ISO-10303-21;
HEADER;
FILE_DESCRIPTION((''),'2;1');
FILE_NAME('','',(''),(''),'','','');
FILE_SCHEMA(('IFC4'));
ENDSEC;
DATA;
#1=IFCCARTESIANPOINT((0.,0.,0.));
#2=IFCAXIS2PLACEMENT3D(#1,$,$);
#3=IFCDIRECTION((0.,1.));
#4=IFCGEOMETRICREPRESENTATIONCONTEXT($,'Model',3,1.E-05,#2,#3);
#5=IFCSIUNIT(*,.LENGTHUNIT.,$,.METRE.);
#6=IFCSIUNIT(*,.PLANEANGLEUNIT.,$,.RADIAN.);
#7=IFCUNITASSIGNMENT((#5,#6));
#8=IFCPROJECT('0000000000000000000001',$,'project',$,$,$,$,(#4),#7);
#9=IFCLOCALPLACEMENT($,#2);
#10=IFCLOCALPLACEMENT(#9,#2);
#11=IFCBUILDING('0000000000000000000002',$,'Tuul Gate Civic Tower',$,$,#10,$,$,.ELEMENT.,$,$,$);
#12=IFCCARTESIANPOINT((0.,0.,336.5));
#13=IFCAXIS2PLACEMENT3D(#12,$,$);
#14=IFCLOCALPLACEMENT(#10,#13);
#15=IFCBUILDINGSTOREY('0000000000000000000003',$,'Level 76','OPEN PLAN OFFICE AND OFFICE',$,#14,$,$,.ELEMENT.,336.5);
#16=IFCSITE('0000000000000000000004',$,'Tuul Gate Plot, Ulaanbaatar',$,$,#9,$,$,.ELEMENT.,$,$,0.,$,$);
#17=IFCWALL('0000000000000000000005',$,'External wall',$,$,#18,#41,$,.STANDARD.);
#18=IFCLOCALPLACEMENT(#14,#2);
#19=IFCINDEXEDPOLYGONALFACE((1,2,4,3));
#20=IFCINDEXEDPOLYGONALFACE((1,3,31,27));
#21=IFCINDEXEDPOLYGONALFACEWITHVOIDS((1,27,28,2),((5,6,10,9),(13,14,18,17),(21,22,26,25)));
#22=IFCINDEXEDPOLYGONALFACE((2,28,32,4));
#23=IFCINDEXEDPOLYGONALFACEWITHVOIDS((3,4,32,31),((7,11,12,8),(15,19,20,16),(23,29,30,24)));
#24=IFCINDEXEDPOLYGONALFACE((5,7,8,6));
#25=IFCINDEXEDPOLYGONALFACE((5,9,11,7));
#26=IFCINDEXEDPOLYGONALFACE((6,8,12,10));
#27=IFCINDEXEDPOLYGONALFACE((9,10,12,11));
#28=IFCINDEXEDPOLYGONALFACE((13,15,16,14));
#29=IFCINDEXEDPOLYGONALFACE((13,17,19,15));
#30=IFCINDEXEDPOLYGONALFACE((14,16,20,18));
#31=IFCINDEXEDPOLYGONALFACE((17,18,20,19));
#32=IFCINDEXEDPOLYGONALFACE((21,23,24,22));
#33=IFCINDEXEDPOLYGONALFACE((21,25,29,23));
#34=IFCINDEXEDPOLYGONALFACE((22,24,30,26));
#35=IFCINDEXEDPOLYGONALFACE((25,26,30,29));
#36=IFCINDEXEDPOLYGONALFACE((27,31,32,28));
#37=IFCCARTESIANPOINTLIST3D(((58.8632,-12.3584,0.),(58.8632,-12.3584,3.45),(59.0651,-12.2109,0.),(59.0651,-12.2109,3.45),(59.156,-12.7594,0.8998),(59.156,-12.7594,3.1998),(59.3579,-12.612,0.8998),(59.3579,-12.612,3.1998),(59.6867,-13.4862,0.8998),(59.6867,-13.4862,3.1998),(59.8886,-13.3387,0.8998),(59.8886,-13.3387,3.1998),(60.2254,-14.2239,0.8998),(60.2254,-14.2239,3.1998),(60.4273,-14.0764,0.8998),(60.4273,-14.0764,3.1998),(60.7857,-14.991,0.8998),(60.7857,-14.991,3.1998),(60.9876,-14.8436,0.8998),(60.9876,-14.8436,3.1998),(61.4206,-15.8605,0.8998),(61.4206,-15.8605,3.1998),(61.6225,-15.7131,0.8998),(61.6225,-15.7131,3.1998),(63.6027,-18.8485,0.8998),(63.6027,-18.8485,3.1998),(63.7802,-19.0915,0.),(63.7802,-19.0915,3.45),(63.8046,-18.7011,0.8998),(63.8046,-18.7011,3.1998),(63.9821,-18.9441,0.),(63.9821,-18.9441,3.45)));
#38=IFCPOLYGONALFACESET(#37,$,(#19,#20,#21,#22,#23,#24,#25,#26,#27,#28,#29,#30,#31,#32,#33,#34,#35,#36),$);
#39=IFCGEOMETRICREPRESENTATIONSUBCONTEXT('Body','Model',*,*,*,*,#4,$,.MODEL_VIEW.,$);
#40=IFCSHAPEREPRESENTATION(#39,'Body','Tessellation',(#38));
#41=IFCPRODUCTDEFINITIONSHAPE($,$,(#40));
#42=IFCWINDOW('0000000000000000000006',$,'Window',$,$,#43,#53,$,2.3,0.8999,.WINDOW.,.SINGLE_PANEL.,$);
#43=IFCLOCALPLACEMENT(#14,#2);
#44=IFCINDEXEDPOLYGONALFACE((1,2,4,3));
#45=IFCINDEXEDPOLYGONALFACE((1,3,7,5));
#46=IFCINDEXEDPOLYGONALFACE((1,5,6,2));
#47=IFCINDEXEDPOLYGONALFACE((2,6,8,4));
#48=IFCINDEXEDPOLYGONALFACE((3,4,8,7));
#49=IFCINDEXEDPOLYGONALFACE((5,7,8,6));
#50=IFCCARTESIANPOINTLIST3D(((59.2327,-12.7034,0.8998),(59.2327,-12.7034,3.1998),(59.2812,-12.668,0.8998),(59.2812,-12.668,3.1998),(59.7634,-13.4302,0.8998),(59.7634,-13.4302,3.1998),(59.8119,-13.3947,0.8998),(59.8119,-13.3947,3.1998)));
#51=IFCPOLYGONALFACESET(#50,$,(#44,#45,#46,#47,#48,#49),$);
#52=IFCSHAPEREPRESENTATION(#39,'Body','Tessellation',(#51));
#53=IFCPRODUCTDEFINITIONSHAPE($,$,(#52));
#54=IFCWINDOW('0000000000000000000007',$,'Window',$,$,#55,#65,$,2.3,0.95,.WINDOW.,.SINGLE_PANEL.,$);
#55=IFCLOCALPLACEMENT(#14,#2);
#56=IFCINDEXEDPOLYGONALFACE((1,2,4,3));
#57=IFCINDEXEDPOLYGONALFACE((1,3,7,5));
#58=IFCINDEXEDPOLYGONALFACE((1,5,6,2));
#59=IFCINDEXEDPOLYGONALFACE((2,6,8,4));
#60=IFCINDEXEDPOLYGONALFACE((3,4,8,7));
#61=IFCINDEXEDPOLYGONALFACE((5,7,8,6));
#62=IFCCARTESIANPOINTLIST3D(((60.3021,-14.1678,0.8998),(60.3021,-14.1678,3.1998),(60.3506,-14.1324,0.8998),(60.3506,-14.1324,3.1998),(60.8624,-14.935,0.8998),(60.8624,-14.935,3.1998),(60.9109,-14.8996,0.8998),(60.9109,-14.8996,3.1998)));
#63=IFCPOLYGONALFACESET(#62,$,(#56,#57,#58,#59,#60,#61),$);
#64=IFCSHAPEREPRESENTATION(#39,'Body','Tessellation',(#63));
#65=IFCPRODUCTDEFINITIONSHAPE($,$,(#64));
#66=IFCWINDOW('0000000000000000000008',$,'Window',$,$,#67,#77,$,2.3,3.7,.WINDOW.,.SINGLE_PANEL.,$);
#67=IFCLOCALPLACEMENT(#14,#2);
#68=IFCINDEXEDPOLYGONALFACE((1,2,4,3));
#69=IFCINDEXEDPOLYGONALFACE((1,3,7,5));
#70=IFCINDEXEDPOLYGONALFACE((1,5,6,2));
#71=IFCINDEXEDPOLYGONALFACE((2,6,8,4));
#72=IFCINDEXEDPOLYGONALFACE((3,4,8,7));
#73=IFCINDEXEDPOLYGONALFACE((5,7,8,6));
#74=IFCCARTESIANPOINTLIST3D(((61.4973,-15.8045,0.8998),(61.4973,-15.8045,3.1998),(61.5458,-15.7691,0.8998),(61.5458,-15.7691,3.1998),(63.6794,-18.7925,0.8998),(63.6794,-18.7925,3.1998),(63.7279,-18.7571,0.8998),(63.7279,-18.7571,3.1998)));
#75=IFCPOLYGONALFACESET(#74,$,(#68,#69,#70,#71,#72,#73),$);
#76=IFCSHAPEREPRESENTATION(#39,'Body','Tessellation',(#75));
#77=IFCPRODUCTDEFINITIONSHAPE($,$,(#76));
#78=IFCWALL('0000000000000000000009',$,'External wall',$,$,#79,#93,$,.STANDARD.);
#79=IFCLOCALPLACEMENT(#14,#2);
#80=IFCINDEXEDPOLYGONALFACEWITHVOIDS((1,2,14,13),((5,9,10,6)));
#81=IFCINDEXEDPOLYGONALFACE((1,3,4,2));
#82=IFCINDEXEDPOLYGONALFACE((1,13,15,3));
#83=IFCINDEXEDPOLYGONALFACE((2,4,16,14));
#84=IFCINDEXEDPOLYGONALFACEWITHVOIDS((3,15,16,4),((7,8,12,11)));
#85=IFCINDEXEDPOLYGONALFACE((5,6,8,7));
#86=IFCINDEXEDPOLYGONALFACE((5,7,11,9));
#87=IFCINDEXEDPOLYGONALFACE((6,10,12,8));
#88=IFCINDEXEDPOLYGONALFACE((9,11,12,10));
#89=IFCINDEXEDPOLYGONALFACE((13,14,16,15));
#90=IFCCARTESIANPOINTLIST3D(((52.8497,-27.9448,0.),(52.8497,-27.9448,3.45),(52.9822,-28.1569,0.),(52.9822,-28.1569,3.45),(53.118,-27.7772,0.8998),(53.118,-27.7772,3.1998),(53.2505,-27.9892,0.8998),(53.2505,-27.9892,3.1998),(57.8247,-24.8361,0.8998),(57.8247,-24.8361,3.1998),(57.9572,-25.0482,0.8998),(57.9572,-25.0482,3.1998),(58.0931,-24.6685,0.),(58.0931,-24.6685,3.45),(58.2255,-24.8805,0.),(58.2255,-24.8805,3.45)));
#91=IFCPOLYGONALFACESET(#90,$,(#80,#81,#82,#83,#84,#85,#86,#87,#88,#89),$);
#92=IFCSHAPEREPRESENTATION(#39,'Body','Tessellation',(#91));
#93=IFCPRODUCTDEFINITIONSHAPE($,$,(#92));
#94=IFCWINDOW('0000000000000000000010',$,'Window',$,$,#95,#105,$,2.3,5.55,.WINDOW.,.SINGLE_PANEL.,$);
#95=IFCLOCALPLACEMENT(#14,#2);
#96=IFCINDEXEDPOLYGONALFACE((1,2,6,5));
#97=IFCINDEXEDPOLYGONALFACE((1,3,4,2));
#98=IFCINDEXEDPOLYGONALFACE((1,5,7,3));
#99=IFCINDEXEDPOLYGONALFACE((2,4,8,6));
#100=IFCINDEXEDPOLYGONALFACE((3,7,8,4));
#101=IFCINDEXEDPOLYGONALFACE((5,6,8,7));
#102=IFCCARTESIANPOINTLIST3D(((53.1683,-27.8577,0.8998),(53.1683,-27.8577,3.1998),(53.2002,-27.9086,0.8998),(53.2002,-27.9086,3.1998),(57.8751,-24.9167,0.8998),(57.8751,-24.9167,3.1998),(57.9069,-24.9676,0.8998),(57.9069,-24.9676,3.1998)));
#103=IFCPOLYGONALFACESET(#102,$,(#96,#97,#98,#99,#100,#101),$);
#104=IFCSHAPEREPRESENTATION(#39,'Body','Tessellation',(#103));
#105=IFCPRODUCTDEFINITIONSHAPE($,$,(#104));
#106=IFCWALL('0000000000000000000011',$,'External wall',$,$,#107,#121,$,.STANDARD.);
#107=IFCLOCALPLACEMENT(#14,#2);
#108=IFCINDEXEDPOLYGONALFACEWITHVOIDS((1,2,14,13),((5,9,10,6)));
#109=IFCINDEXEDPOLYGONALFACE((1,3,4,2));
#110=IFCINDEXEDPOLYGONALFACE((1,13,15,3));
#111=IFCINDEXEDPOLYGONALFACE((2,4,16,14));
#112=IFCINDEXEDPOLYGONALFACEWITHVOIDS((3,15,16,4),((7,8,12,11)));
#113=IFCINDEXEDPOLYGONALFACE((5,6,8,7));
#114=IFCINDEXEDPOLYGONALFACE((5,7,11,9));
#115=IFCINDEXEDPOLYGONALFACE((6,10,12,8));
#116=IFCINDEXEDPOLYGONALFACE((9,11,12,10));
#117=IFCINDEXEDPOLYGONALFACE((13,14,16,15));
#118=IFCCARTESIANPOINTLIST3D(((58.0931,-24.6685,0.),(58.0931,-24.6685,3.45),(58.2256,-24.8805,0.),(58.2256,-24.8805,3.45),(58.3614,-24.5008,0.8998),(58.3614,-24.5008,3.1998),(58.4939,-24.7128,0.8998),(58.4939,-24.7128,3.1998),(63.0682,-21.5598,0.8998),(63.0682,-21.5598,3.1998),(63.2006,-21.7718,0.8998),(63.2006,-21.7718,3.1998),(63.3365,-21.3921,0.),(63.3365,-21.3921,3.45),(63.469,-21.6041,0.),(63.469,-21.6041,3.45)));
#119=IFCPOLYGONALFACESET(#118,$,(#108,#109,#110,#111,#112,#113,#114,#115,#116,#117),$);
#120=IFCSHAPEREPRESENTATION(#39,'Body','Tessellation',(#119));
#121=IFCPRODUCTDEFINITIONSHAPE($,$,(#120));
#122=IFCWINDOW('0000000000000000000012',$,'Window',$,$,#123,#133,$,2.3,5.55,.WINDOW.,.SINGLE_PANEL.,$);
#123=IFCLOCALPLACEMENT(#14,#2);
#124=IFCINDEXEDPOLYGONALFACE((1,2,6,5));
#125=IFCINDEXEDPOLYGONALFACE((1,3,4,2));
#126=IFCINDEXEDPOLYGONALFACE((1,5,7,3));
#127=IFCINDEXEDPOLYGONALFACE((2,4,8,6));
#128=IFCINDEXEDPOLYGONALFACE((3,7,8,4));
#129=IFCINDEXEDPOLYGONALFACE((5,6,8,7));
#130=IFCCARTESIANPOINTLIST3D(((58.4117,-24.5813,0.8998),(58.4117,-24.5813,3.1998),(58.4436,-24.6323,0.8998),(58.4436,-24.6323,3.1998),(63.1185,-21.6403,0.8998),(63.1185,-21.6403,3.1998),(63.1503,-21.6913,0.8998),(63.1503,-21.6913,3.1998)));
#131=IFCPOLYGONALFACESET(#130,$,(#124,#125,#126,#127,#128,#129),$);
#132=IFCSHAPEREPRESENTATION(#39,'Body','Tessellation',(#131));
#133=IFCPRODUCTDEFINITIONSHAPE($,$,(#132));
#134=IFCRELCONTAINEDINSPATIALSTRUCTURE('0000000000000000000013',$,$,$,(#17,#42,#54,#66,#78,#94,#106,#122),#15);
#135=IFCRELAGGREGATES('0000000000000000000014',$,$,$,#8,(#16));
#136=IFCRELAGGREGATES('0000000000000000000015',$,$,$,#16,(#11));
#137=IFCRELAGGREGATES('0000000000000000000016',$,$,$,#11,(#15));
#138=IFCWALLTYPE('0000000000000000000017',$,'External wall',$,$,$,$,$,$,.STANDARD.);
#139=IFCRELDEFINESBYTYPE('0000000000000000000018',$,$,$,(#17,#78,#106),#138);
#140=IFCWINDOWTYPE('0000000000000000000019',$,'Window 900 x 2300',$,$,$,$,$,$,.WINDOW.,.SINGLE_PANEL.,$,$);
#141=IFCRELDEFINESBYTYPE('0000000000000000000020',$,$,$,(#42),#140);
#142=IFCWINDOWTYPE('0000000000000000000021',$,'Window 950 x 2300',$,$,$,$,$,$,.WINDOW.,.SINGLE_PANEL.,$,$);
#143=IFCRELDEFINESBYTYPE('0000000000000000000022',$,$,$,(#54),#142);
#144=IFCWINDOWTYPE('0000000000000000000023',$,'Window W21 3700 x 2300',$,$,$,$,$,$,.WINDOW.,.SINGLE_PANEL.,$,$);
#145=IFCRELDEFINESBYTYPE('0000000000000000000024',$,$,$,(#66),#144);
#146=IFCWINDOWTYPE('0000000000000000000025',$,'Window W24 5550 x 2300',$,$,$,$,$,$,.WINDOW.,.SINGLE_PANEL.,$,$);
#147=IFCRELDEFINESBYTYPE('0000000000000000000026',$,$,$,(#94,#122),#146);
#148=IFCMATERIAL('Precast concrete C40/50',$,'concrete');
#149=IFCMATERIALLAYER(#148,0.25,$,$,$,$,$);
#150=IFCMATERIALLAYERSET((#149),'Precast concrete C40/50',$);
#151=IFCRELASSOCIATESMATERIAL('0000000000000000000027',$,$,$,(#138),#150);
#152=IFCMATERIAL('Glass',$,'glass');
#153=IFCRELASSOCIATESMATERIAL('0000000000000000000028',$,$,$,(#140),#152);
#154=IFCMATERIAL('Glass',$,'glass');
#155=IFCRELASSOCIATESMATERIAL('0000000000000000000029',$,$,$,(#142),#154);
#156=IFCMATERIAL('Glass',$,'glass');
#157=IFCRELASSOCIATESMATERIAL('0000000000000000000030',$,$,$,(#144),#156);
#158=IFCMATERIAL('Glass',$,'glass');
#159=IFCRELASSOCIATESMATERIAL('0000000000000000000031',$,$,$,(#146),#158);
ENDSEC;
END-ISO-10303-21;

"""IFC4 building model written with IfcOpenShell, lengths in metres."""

from ifc_helpers import new_model, si_unit, direction, frame, frame_2d, origin, place, context, subcontext, project, spatial, rectangle, extrude, material, layer, layer_set, type_object, element, fill, save


model = new_model("IFC4")

# Units and contexts
model_context = context("Model", 3, precision=1e-05, world=origin(), true_north=direction((0.0, 1.0)))
body_context = subcontext(model_context, "Body", "Model", "MODEL_VIEW")
ifc_project = project(units=[si_unit("LENGTHUNIT", "METRE"), si_unit("PLANEANGLEUNIT", "RADIAN")], contexts=[model_context])

# Site, building, storey
site_placement = place(None, origin())
site = spatial("IfcSite", under=ifc_project, at=site_placement, Name="Tuul Gate Plot, Ulaanbaatar", CompositionType="ELEMENT", RefElevation=0.0)
building_placement = place(site_placement, origin())
building = spatial("IfcBuilding", under=site, at=building_placement, Name="Tuul Gate Civic Tower", CompositionType="ELEMENT")
storey_placement = place(building_placement, frame((0.0, 0.0, 336.5)))
storey = spatial("IfcBuildingStorey", under=building, at=storey_placement, Name="Level 76", Description="OPEN PLAN OFFICE AND OFFICE", CompositionType="ELEMENT", Elevation=336.5)

# Shared definitions
ifc_material_1 = material(Name="Precast concrete C40/50", Category="concrete")
ifc_layer_1 = layer(ifc_material_1, 0.25)
ifc_layer_set_1 = layer_set([ifc_layer_1], Name="Precast concrete C40/50")
wall_type_1 = type_object("IfcWallType", Name="External wall", PredefinedType="STANDARD", material=ifc_layer_set_1)

# Wall, openings, windows
wall_1_placement = place(storey_placement, frame((63.8811, -19.0178, 0.0), z_axis=(0.0, 0.0, 1.0), x_axis=(-0.589752, 0.807585, 0.0)))
wall_1 = element("IfcWall", 1, at=wall_1_placement, inside=storey, type_object=wall_type_1, Name="External wall", PredefinedType="STANDARD", context=body_context, shape_type="SweptSolid", body=[
    extrude(rectangle(XDim=8.3374, YDim=0.25, at=frame_2d((4.1687, 0.0))), origin(), (0.0, 0.0, 1.0), 3.45),
])
opening_1_placement = place(wall_1_placement, frame((0.3008, 0.0, 0.8999)))
opening_1 = element("IfcOpeningElement", 2, at=opening_1_placement, cuts=wall_1, PredefinedType="OPENING", context=body_context, shape_type="SweptSolid", body=[
    extrude(rectangle(XDim=3.7, YDim=2.3, at=frame_2d((1.8501, 1.1499))), frame((0.0, 0.135, 0.0), z_axis=(0.0, -1.0, 0.0), x_axis=(1.0, 0.0, 0.0)), (0.0, 0.0, 1.0), 0.27),
])
opening_2_placement = place(wall_1_placement, frame((5.0774, 0.0, 0.8999)))
opening_2 = element("IfcOpeningElement", 3, at=opening_2_placement, cuts=wall_1, PredefinedType="OPENING", context=body_context, shape_type="SweptSolid", body=[
    extrude(rectangle(XDim=0.95, YDim=2.3, at=frame_2d((0.4751, 1.1499))), frame((0.0, 0.135, 0.0), z_axis=(0.0, -1.0, 0.0), x_axis=(1.0, 0.0, 0.0)), (0.0, 0.0, 1.0), 0.27),
])
opening_3_placement = place(wall_1_placement, frame((6.9409, 0.0, 0.8999)))
opening_3 = element("IfcOpeningElement", 4, at=opening_3_placement, cuts=wall_1, PredefinedType="OPENING", context=body_context, shape_type="SweptSolid", body=[
    extrude(rectangle(XDim=0.8999, YDim=2.3, at=frame_2d((0.45, 1.1499))), frame((0.0, 0.135, 0.0), z_axis=(0.0, -1.0, 0.0), x_axis=(1.0, 0.0, 0.0)), (0.0, 0.0, 1.0), 0.27),
])
ifc_material_2 = material(Name="Glass", Category="glass")
window_type_1 = type_object("IfcWindowType", Name="Window 900 x 2300", PartitioningType="SINGLE_PANEL", PredefinedType="WINDOW", material=ifc_material_2)
window_1_placement = place(opening_3_placement, origin())
window_1 = element("IfcWindow", 5, at=window_1_placement, inside=storey, type_object=window_type_1, Name="Window", OverallHeight=2.3, OverallWidth=0.8999, PartitioningType="SINGLE_PANEL", PredefinedType="WINDOW", context=body_context, shape_type="SweptSolid", body=[
    extrude(rectangle(XDim=0.8999, YDim=2.3, at=frame_2d((0.45, 1.1499))), frame((0.0, 0.03, 0.0), z_axis=(0.0, -1.0, 0.0), x_axis=(1.0, 0.0, 0.0)), (0.0, 0.0, 1.0), 0.0601),
])
fill(opening_3, window_1)
ifc_material_3 = material(Name="Glass", Category="glass")
window_type_2 = type_object("IfcWindowType", Name="Window 950 x 2300", PartitioningType="SINGLE_PANEL", PredefinedType="WINDOW", material=ifc_material_3)
window_2_placement = place(opening_2_placement, origin())
window_2 = element("IfcWindow", 6, at=window_2_placement, inside=storey, type_object=window_type_2, Name="Window", OverallHeight=2.3, OverallWidth=0.95, PartitioningType="SINGLE_PANEL", PredefinedType="WINDOW", context=body_context, shape_type="SweptSolid", body=[
    extrude(rectangle(XDim=0.95, YDim=2.3, at=frame_2d((0.4751, 1.1499))), frame((0.0, 0.03, 0.0), z_axis=(0.0, -1.0, 0.0), x_axis=(1.0, 0.0, 0.0)), (0.0, 0.0, 1.0), 0.0601),
])
fill(opening_2, window_2)
ifc_material_4 = material(Name="Glass", Category="glass")
window_type_3 = type_object("IfcWindowType", Name="Window W21 3700 x 2300", PartitioningType="SINGLE_PANEL", PredefinedType="WINDOW", material=ifc_material_4)
window_3_placement = place(opening_1_placement, origin())
window_3 = element("IfcWindow", 7, at=window_3_placement, inside=storey, type_object=window_type_3, Name="Window", OverallHeight=2.3, OverallWidth=3.7, PartitioningType="SINGLE_PANEL", PredefinedType="WINDOW", context=body_context, shape_type="SweptSolid", body=[
    extrude(rectangle(XDim=3.7, YDim=2.3, at=frame_2d((1.8501, 1.1499))), frame((0.0, 0.03, 0.0), z_axis=(0.0, -1.0, 0.0), x_axis=(1.0, 0.0, 0.0)), (0.0, 0.0, 1.0), 0.0601),
])
fill(opening_1, window_3)

# Walls, openings, windows
wall_2_placement = place(storey_placement, frame((52.916, -28.0508, 0.0), z_axis=(0.0, 0.0, 1.0), x_axis=(0.848054, 0.52991, 0.0)))
wall_2 = element("IfcWall", 8, at=wall_2_placement, inside=storey, type_object=wall_type_1, Name="External wall", PredefinedType="STANDARD", context=body_context, shape_type="SweptSolid", body=[
    extrude(rectangle(XDim=6.1829, YDim=0.25, at=frame_2d((3.0913, 0.0))), origin(), (0.0, 0.0, 1.0), 3.45),
])
opening_4_placement = place(wall_2_placement, frame((0.3164, 0.0, 0.8999)))
opening_4 = element("IfcOpeningElement", 9, at=opening_4_placement, cuts=wall_2, PredefinedType="OPENING", context=body_context, shape_type="SweptSolid", body=[
    extrude(rectangle(XDim=5.55, YDim=2.3, at=frame_2d((2.7749, 1.1499))), frame((0.0, 0.135, 0.0), z_axis=(0.0, -1.0, 0.0), x_axis=(1.0, 0.0, 0.0)), (0.0, 0.0, 1.0), 0.27),
])
ifc_material_5 = material(Name="Glass", Category="glass")
window_type_4 = type_object("IfcWindowType", Name="Window W24 5550 x 2300", PartitioningType="SINGLE_PANEL", PredefinedType="WINDOW", material=ifc_material_5)
window_4_placement = place(opening_4_placement, origin())
window_4 = element("IfcWindow", 10, at=window_4_placement, inside=storey, type_object=window_type_4, Name="Window", OverallHeight=2.3, OverallWidth=5.55, PartitioningType="SINGLE_PANEL", PredefinedType="WINDOW", context=body_context, shape_type="SweptSolid", body=[
    extrude(rectangle(XDim=5.55, YDim=2.3, at=frame_2d((2.7749, 1.1499))), frame((0.0, 0.03, 0.0), z_axis=(0.0, -1.0, 0.0), x_axis=(1.0, 0.0, 0.0)), (0.0, 0.0, 1.0), 0.0601),
])
fill(opening_4, window_4)
wall_3_placement = place(storey_placement, frame((58.1594, -24.7744, 0.0), z_axis=(0.0, 0.0, 1.0), x_axis=(0.848054, 0.52991, 0.0)))
wall_3 = element("IfcWall", 11, at=wall_3_placement, inside=storey, type_object=wall_type_1, Name="External wall", PredefinedType="STANDARD", context=body_context, shape_type="SweptSolid", body=[
    extrude(rectangle(XDim=6.1829, YDim=0.25, at=frame_2d((3.0913, 0.0))), origin(), (0.0, 0.0, 1.0), 3.45),
])
opening_5_placement = place(wall_3_placement, frame((0.3164, 0.0, 0.8999)))
opening_5 = element("IfcOpeningElement", 12, at=opening_5_placement, cuts=wall_3, PredefinedType="OPENING", context=body_context, shape_type="SweptSolid", body=[
    extrude(rectangle(XDim=5.55, YDim=2.3, at=frame_2d((2.7749, 1.1499))), frame((0.0, 0.135, 0.0), z_axis=(0.0, -1.0, 0.0), x_axis=(1.0, 0.0, 0.0)), (0.0, 0.0, 1.0), 0.27),
])
window_5_placement = place(opening_5_placement, origin())
window_5 = element("IfcWindow", 13, at=window_5_placement, inside=storey, type_object=window_type_4, Name="Window", OverallHeight=2.3, OverallWidth=5.55, PartitioningType="SINGLE_PANEL", PredefinedType="WINDOW", context=body_context, shape_type="SweptSolid", body=[
    extrude(rectangle(XDim=5.55, YDim=2.3, at=frame_2d((2.7749, 1.1499))), frame((0.0, 0.03, 0.0), z_axis=(0.0, -1.0, 0.0), x_axis=(1.0, 0.0, 0.0)), (0.0, 0.0, 1.0), 0.0601),
])
fill(opening_5, window_5)

save(model, "model.ifc")
